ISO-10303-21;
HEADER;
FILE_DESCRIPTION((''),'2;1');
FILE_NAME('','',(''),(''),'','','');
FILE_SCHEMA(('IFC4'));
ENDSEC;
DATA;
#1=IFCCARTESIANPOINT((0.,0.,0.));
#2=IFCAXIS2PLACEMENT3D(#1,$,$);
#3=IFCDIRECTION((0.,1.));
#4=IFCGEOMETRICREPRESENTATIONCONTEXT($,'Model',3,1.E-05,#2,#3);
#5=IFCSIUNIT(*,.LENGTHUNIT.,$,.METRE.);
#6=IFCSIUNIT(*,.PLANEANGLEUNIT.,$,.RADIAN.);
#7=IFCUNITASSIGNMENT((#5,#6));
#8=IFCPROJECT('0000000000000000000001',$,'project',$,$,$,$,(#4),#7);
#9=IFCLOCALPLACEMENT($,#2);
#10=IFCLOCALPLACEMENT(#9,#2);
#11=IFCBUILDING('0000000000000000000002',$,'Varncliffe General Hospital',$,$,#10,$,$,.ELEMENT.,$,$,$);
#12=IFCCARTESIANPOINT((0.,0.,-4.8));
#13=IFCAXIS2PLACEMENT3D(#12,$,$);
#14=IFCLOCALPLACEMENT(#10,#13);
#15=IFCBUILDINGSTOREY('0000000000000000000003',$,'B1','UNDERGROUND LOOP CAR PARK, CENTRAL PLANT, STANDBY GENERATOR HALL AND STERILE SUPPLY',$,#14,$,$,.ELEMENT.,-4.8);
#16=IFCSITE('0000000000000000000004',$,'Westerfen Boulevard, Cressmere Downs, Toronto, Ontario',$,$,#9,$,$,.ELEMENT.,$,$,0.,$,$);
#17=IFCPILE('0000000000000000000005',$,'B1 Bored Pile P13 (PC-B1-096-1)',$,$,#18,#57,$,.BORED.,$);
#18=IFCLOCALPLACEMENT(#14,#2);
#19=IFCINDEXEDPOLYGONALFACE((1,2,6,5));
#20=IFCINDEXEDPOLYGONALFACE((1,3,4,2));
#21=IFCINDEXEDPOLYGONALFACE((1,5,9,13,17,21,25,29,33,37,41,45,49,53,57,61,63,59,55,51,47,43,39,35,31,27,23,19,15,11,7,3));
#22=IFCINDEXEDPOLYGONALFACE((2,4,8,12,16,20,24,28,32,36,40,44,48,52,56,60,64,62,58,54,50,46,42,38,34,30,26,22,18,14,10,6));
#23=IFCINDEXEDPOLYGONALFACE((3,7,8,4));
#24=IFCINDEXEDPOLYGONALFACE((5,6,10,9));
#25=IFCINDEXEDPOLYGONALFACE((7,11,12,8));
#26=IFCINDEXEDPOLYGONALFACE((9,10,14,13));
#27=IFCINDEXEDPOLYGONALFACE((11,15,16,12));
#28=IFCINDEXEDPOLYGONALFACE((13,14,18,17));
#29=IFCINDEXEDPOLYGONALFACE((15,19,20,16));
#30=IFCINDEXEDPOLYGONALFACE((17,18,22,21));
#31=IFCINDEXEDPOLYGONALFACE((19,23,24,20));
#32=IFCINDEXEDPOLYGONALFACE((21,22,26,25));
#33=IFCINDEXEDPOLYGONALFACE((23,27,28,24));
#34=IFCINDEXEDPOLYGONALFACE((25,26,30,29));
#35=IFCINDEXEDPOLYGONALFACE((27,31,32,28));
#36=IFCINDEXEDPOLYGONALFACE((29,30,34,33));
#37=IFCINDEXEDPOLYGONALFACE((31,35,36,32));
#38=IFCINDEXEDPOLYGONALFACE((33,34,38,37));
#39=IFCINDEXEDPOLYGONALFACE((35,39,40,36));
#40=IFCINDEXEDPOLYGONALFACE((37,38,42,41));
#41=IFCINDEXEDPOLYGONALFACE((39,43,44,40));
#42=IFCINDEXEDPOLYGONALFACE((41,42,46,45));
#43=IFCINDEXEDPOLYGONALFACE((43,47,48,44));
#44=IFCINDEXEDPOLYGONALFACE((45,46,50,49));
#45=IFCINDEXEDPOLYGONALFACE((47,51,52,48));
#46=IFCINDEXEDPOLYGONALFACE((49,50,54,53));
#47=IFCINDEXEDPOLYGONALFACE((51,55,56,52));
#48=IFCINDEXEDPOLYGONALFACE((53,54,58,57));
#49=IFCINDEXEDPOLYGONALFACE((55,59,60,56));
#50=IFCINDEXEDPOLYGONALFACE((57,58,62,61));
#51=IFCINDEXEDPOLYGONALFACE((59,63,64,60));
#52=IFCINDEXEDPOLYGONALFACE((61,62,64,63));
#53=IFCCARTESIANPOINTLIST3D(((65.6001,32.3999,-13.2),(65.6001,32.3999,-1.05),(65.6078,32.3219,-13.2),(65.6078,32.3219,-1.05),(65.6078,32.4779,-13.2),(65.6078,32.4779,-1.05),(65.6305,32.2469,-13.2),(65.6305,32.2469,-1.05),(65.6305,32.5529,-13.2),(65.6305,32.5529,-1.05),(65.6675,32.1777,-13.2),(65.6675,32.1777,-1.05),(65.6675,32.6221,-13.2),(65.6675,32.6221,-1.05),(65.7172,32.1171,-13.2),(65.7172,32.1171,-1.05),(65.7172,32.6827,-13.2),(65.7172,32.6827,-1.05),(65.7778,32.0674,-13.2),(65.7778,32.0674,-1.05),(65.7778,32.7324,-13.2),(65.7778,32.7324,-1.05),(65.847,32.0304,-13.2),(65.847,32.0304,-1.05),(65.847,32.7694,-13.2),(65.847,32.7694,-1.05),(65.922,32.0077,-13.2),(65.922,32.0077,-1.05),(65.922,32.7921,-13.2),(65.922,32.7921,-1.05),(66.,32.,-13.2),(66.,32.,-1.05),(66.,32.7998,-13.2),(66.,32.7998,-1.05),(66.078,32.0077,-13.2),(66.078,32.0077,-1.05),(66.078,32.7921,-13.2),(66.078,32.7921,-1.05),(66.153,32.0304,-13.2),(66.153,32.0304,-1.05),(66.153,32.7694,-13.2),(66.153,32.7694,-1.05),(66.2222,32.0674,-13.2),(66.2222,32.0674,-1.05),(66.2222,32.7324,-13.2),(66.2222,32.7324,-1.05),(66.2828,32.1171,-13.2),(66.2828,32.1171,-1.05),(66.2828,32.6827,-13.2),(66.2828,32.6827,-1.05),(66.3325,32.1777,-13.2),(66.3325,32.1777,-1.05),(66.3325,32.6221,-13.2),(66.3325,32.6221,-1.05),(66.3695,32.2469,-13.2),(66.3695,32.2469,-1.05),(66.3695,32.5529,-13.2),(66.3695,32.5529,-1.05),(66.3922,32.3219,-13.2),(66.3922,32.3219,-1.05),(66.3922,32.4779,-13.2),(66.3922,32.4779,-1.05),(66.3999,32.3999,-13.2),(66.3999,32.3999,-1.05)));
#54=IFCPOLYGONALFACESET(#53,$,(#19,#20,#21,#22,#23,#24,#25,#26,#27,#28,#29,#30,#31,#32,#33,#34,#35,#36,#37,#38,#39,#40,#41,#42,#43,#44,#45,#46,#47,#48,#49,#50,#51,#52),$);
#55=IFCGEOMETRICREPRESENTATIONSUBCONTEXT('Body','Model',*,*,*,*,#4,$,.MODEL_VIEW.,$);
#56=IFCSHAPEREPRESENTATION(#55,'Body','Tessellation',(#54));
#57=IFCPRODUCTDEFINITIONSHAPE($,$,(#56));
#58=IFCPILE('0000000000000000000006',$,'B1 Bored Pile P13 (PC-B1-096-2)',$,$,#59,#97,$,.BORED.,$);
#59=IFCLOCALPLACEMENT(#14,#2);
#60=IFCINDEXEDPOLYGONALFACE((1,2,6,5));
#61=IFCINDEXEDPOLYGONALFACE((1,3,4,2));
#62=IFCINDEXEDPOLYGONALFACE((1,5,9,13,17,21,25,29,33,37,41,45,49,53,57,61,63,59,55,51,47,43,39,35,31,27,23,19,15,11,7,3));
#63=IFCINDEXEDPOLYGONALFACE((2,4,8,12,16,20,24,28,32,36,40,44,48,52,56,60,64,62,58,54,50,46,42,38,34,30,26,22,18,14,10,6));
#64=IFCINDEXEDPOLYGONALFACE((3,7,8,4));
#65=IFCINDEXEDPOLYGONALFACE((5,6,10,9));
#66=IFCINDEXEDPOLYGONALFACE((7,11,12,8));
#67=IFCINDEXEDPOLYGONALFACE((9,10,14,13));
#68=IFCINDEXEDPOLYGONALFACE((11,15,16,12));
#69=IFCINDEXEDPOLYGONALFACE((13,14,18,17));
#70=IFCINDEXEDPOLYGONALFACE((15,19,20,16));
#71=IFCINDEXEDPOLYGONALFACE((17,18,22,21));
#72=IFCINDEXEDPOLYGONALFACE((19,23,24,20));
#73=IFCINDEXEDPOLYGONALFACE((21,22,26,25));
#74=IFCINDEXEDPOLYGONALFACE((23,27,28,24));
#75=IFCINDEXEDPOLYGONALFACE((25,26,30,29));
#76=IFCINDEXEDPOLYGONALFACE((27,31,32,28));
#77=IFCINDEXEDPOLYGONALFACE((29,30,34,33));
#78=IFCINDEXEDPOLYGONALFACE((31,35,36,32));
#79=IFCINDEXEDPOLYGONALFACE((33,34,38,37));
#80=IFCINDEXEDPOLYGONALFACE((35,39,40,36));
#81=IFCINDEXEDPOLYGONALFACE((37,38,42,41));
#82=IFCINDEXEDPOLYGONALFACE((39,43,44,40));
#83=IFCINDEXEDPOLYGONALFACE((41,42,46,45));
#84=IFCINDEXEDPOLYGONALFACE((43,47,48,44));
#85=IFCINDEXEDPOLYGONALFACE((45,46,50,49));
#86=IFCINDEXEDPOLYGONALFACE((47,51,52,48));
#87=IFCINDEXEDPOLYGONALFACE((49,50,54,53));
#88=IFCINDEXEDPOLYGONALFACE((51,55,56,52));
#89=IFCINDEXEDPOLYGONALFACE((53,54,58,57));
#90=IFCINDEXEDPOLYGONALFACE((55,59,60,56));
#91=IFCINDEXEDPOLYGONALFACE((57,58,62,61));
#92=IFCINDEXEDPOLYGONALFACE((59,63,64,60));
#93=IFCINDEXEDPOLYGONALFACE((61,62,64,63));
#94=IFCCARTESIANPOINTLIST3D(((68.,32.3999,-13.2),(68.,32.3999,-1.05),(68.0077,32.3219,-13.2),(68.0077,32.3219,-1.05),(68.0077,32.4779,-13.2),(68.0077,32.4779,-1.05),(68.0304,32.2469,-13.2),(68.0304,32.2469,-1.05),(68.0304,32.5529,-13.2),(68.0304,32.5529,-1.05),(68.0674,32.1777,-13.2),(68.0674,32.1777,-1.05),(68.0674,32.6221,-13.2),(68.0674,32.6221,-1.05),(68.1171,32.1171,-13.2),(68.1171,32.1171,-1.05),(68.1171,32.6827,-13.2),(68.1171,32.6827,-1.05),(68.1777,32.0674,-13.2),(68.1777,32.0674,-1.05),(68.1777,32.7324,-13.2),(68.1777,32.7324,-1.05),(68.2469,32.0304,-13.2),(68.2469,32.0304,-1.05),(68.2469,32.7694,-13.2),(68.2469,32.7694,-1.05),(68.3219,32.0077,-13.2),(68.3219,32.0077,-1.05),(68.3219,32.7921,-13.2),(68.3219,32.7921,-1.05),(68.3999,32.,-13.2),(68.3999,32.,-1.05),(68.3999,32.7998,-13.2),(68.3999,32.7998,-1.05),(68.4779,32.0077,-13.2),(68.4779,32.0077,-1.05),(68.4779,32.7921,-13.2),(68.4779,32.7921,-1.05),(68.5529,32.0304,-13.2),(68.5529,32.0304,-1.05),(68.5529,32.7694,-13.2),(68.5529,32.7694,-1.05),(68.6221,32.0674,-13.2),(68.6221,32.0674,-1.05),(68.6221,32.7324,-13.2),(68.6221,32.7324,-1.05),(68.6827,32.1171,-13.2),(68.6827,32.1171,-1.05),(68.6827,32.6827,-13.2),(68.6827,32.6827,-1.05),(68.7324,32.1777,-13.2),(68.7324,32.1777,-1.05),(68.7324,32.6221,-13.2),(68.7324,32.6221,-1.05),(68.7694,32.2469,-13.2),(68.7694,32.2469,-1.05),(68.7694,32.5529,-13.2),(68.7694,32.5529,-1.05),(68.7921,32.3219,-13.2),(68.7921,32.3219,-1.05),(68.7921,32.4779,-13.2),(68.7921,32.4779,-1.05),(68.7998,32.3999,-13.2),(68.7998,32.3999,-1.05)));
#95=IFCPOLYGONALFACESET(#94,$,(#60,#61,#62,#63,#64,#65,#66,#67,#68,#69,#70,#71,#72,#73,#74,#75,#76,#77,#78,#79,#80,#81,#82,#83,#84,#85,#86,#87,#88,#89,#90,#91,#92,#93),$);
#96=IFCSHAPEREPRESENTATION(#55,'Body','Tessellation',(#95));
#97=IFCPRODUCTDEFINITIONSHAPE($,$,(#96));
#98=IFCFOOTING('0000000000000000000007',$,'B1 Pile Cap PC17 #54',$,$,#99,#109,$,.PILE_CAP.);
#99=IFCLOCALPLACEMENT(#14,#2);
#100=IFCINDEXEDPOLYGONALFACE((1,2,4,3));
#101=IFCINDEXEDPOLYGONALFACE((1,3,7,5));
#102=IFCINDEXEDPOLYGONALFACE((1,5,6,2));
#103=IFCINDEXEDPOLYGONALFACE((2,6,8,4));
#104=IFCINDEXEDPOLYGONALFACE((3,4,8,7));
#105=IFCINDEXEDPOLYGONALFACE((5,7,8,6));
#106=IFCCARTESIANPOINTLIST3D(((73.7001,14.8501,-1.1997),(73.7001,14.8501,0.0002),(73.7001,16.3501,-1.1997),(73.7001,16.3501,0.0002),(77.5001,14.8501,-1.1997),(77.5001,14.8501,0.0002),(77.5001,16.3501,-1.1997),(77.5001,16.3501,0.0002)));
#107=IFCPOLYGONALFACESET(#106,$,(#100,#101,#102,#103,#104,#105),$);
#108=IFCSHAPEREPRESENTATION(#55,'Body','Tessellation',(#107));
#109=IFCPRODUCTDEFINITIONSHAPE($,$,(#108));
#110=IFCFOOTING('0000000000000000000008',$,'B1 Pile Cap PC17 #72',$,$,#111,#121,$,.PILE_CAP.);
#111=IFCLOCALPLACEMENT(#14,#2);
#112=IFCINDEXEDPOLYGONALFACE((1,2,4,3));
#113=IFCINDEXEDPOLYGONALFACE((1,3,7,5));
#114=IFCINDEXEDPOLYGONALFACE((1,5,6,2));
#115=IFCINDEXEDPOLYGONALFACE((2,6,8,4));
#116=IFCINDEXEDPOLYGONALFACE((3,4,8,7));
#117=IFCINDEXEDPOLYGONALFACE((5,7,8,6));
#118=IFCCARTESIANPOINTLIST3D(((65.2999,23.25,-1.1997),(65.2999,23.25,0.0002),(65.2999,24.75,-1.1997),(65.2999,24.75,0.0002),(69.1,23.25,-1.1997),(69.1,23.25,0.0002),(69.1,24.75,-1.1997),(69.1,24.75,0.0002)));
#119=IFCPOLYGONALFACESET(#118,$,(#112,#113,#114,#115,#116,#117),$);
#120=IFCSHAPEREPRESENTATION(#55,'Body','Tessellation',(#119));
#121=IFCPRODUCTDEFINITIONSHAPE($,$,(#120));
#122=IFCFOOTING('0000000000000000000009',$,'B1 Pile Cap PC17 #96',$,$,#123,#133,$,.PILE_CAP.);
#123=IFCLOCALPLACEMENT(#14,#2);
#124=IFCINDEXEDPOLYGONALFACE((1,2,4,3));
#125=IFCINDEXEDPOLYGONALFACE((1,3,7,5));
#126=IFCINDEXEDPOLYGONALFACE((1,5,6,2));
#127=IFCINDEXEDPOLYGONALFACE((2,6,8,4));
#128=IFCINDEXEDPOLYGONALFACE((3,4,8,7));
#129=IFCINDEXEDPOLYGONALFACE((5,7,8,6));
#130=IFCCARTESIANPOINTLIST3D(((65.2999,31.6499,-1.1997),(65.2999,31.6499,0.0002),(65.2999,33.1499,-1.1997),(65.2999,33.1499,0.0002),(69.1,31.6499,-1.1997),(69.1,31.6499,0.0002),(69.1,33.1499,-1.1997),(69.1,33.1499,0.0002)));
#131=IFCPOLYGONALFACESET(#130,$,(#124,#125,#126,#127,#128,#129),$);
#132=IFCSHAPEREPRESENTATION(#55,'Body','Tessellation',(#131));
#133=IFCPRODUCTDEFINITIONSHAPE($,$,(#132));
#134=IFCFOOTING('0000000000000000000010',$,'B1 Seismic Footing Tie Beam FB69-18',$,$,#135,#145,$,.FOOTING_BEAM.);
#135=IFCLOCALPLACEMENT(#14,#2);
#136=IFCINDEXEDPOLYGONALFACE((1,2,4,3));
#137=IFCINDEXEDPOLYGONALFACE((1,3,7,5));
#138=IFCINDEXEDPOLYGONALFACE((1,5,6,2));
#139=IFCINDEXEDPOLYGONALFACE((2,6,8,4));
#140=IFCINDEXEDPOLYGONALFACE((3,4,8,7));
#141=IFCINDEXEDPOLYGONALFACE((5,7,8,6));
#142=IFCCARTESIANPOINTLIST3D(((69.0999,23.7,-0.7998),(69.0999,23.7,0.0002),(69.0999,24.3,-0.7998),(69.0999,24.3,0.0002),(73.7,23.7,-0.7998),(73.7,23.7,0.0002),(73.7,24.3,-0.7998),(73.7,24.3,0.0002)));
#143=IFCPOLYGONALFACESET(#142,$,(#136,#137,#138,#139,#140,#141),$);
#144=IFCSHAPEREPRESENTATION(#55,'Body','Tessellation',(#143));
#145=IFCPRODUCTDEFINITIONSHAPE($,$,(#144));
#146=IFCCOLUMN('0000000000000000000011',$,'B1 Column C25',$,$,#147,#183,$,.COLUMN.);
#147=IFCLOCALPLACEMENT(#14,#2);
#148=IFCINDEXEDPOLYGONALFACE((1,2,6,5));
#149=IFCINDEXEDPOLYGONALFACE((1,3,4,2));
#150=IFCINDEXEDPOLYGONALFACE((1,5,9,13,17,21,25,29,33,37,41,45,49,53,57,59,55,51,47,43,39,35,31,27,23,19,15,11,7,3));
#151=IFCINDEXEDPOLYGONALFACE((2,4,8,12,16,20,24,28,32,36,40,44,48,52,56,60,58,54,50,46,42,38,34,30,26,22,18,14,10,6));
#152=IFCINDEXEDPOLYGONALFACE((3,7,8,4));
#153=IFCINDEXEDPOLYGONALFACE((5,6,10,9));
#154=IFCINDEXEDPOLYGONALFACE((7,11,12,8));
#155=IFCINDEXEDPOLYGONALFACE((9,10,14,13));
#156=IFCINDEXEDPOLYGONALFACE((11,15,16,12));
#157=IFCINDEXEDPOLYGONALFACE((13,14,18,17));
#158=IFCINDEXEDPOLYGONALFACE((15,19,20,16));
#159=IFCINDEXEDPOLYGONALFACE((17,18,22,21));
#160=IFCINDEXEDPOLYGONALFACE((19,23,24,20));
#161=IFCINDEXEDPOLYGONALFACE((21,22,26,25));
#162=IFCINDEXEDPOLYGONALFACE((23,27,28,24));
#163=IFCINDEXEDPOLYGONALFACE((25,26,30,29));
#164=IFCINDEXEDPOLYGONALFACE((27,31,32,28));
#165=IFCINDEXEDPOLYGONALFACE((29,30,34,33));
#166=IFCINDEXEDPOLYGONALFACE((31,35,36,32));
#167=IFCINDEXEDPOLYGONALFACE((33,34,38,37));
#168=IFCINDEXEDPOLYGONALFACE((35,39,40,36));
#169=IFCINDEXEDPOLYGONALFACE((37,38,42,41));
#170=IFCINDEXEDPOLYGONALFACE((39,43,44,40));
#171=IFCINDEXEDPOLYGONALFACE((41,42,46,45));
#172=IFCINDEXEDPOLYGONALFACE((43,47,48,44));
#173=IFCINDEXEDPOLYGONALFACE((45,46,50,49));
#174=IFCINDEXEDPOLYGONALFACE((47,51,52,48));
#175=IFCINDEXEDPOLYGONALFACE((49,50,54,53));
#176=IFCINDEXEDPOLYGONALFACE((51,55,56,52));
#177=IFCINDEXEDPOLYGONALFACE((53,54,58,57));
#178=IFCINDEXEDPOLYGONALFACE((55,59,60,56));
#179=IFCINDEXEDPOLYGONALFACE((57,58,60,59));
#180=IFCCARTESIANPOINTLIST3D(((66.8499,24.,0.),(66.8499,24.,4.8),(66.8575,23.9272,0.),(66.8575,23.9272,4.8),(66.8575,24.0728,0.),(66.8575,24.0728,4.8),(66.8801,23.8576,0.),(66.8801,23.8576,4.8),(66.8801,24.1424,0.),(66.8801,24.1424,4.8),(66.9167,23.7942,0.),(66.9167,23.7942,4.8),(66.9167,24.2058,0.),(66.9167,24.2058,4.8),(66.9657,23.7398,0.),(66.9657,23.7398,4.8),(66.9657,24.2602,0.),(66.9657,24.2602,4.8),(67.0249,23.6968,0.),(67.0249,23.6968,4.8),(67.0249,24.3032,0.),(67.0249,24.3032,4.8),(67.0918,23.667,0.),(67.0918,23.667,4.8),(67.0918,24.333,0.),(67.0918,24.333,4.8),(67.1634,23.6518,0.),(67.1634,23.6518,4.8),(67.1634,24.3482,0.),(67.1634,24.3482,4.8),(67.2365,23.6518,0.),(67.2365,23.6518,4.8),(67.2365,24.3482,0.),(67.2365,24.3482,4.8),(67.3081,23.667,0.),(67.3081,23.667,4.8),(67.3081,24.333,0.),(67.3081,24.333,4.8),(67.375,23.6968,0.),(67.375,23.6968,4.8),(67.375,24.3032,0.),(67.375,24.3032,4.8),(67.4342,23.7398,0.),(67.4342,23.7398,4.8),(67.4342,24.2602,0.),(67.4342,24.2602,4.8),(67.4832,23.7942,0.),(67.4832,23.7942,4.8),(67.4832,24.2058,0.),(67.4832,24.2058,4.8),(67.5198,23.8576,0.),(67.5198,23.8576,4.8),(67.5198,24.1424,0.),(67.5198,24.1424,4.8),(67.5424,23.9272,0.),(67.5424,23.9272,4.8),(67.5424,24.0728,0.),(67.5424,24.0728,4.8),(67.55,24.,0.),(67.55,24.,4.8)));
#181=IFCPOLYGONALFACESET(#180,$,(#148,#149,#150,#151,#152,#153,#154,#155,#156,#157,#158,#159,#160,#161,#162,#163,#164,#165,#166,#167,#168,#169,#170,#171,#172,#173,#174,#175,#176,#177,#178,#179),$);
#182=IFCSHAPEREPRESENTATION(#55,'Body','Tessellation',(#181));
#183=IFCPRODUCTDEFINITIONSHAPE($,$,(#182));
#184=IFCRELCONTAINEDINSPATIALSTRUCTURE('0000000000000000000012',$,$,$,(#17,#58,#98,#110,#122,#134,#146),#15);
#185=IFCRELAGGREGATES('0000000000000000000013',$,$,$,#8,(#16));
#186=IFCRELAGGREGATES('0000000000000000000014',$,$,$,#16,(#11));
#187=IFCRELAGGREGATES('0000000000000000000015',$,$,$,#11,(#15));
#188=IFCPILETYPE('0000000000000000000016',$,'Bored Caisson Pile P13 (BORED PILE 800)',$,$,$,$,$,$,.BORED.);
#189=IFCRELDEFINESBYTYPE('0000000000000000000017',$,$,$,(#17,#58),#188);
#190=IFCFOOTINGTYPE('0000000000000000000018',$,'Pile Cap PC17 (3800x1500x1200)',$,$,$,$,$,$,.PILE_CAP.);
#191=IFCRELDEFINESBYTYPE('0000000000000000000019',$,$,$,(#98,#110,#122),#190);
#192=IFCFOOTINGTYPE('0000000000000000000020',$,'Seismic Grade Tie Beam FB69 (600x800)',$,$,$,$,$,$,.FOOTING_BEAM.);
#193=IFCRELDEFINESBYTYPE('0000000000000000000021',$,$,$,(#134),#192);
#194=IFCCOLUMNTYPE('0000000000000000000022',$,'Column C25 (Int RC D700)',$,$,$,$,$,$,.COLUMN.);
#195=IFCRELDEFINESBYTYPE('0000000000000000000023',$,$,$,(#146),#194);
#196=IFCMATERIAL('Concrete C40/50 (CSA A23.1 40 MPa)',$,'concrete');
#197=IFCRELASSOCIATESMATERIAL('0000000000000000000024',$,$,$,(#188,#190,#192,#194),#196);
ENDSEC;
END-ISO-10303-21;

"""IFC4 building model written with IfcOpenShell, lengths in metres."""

from ifc_helpers import new_model, si_unit, direction, frame, origin, origin_2d, place, context, subcontext, project, spatial, rectangle, circle, extrude, material, material_profile, profile_set, type_object, element, save


model = new_model("IFC4")

# Units and contexts
model_context = context("Model", 3, precision=1e-05, world=origin(), true_north=direction((0.0, 1.0)))
body_context = subcontext(model_context, "Body", "Model", "MODEL_VIEW")
ifc_project = project(units=[si_unit("LENGTHUNIT", "METRE"), si_unit("PLANEANGLEUNIT", "RADIAN")], contexts=[model_context])

# Site, building, storey
site_placement = place(None, origin())
site = spatial("IfcSite", under=ifc_project, at=site_placement, Name="Westerfen Boulevard, Cressmere Downs, Toronto, Ontario", CompositionType="ELEMENT", RefElevation=0.0)
building_placement = place(site_placement, origin())
building = spatial("IfcBuilding", under=site, at=building_placement, Name="Varncliffe General Hospital", CompositionType="ELEMENT")
storey_placement = place(building_placement, frame((0.0, 0.0, -4.8)))
storey = spatial("IfcBuildingStorey", under=building, at=storey_placement, Name="B1", Description="UNDERGROUND LOOP CAR PARK, CENTRAL PLANT, STANDBY GENERATOR HALL AND STERILE SUPPLY", CompositionType="ELEMENT", Elevation=-4.8)

# Piles
ifc_material_1 = material(Name="Concrete C40/50 (CSA A23.1 40 MPa)", Category="concrete")
ifc_material_profile_1 = material_profile(ifc_material_1, circle(Radius=0.3999, at=origin_2d()), Name="BORED PILE 800")
ifc_profile_set_1 = profile_set([ifc_material_profile_1], Name="Concrete C40/50 (CSA A23.1 40 MPa)")
pile_type = type_object("IfcPileType", Name="Bored Caisson Pile P13 (BORED PILE 800)", PredefinedType="BORED", material=ifc_profile_set_1)
for number, where, z_axis, x_axis, name in (
    (1, (66.0, 32.3999, -1.05), (0.0, 0.0, -1.0), (1.0, 0.0, 0.0), "B1 Bored Pile P13 (PC-B1-096-1)"),
    (2, (68.3999, 32.3999, -1.05), (0.0, 0.0, -1.0), (1.0, 0.0, 0.0), "B1 Bored Pile P13 (PC-B1-096-2)"),
):
    element("IfcPile", number, at=place(storey_placement, frame(where, z_axis=z_axis, x_axis=x_axis)), inside=storey, type_object=pile_type, Name=name, PredefinedType="BORED", context=body_context, shape_type="SweptSolid", body=[
        extrude(circle(Radius=0.3999, at=origin_2d()), origin(), (0.0, 0.0, 1.0), 12.1499),
    ])

# Footings
footing_type_1 = type_object("IfcFootingType", Name="Pile Cap PC17 (3800x1500x1200)", PredefinedType="PILE_CAP", material=ifc_material_1)
for number, where, z_axis, x_axis, name in (
    (3, (75.6001, 15.6001, -1.1997), (0.0, 0.0, 1.0), (1.0, 0.0, 0.0), "B1 Pile Cap PC17 #54"),
    (4, (67.2, 24.0, -1.1997), (0.0, 0.0, 1.0), (1.0, 0.0, 0.0), "B1 Pile Cap PC17 #72"),
    (5, (67.2, 32.3999, -1.1997), (0.0, 0.0, 1.0), (1.0, 0.0, 0.0), "B1 Pile Cap PC17 #96"),
):
    element("IfcFooting", number, at=place(storey_placement, frame(where, z_axis=z_axis, x_axis=x_axis)), inside=storey, type_object=footing_type_1, Name=name, PredefinedType="PILE_CAP", context=body_context, shape_type="SweptSolid", body=[
        extrude(rectangle(XDim=3.8, YDim=1.5, at=origin_2d()), origin(), (0.0, 0.0, 1.0), 1.2),
    ])
footing_type_2 = type_object("IfcFootingType", Name="Seismic Grade Tie Beam FB69 (600x800)", PredefinedType="FOOTING_BEAM", material=ifc_material_1)
footing_placement = place(storey_placement, frame((71.3999, 24.0, -0.7998), z_axis=(0.0, 0.0, 1.0), x_axis=(1.0, 0.0, 0.0)))
element("IfcFooting", 6, at=footing_placement, inside=storey, type_object=footing_type_2, Name="B1 Seismic Footing Tie Beam FB69-18", PredefinedType="FOOTING_BEAM", context=body_context, shape_type="SweptSolid", body=[
    extrude(rectangle(XDim=4.6001, YDim=0.6001, at=origin_2d()), origin(), (0.0, 0.0, 1.0), 0.8),
])

# Column
ifc_material_profile_2 = material_profile(ifc_material_1, circle(Radius=0.3501, at=origin_2d()), Name="RC D700")
ifc_profile_set_2 = profile_set([ifc_material_profile_2], Name="Concrete C40/50 (CSA A23.1 40 MPa)")
column_type = type_object("IfcColumnType", Name="Column C25 (Int RC D700)", PredefinedType="COLUMN", material=ifc_profile_set_2)
for number, where, z_axis, x_axis, name in (
    (7, (67.2, 24.0, 0.0), (0.0, 0.0, 1.0), (1.0, 0.0, 0.0), "B1 Column C25"),
):
    element("IfcColumn", number, at=place(storey_placement, frame(where, z_axis=z_axis, x_axis=x_axis)), inside=storey, type_object=column_type, Name=name, PredefinedType="COLUMN", context=body_context, shape_type="SweptSolid", body=[
        extrude(circle(Radius=0.3501, at=origin_2d()), origin(), (0.0, 0.0, 1.0), 4.8),
    ])

save(model, "model.ifc")
